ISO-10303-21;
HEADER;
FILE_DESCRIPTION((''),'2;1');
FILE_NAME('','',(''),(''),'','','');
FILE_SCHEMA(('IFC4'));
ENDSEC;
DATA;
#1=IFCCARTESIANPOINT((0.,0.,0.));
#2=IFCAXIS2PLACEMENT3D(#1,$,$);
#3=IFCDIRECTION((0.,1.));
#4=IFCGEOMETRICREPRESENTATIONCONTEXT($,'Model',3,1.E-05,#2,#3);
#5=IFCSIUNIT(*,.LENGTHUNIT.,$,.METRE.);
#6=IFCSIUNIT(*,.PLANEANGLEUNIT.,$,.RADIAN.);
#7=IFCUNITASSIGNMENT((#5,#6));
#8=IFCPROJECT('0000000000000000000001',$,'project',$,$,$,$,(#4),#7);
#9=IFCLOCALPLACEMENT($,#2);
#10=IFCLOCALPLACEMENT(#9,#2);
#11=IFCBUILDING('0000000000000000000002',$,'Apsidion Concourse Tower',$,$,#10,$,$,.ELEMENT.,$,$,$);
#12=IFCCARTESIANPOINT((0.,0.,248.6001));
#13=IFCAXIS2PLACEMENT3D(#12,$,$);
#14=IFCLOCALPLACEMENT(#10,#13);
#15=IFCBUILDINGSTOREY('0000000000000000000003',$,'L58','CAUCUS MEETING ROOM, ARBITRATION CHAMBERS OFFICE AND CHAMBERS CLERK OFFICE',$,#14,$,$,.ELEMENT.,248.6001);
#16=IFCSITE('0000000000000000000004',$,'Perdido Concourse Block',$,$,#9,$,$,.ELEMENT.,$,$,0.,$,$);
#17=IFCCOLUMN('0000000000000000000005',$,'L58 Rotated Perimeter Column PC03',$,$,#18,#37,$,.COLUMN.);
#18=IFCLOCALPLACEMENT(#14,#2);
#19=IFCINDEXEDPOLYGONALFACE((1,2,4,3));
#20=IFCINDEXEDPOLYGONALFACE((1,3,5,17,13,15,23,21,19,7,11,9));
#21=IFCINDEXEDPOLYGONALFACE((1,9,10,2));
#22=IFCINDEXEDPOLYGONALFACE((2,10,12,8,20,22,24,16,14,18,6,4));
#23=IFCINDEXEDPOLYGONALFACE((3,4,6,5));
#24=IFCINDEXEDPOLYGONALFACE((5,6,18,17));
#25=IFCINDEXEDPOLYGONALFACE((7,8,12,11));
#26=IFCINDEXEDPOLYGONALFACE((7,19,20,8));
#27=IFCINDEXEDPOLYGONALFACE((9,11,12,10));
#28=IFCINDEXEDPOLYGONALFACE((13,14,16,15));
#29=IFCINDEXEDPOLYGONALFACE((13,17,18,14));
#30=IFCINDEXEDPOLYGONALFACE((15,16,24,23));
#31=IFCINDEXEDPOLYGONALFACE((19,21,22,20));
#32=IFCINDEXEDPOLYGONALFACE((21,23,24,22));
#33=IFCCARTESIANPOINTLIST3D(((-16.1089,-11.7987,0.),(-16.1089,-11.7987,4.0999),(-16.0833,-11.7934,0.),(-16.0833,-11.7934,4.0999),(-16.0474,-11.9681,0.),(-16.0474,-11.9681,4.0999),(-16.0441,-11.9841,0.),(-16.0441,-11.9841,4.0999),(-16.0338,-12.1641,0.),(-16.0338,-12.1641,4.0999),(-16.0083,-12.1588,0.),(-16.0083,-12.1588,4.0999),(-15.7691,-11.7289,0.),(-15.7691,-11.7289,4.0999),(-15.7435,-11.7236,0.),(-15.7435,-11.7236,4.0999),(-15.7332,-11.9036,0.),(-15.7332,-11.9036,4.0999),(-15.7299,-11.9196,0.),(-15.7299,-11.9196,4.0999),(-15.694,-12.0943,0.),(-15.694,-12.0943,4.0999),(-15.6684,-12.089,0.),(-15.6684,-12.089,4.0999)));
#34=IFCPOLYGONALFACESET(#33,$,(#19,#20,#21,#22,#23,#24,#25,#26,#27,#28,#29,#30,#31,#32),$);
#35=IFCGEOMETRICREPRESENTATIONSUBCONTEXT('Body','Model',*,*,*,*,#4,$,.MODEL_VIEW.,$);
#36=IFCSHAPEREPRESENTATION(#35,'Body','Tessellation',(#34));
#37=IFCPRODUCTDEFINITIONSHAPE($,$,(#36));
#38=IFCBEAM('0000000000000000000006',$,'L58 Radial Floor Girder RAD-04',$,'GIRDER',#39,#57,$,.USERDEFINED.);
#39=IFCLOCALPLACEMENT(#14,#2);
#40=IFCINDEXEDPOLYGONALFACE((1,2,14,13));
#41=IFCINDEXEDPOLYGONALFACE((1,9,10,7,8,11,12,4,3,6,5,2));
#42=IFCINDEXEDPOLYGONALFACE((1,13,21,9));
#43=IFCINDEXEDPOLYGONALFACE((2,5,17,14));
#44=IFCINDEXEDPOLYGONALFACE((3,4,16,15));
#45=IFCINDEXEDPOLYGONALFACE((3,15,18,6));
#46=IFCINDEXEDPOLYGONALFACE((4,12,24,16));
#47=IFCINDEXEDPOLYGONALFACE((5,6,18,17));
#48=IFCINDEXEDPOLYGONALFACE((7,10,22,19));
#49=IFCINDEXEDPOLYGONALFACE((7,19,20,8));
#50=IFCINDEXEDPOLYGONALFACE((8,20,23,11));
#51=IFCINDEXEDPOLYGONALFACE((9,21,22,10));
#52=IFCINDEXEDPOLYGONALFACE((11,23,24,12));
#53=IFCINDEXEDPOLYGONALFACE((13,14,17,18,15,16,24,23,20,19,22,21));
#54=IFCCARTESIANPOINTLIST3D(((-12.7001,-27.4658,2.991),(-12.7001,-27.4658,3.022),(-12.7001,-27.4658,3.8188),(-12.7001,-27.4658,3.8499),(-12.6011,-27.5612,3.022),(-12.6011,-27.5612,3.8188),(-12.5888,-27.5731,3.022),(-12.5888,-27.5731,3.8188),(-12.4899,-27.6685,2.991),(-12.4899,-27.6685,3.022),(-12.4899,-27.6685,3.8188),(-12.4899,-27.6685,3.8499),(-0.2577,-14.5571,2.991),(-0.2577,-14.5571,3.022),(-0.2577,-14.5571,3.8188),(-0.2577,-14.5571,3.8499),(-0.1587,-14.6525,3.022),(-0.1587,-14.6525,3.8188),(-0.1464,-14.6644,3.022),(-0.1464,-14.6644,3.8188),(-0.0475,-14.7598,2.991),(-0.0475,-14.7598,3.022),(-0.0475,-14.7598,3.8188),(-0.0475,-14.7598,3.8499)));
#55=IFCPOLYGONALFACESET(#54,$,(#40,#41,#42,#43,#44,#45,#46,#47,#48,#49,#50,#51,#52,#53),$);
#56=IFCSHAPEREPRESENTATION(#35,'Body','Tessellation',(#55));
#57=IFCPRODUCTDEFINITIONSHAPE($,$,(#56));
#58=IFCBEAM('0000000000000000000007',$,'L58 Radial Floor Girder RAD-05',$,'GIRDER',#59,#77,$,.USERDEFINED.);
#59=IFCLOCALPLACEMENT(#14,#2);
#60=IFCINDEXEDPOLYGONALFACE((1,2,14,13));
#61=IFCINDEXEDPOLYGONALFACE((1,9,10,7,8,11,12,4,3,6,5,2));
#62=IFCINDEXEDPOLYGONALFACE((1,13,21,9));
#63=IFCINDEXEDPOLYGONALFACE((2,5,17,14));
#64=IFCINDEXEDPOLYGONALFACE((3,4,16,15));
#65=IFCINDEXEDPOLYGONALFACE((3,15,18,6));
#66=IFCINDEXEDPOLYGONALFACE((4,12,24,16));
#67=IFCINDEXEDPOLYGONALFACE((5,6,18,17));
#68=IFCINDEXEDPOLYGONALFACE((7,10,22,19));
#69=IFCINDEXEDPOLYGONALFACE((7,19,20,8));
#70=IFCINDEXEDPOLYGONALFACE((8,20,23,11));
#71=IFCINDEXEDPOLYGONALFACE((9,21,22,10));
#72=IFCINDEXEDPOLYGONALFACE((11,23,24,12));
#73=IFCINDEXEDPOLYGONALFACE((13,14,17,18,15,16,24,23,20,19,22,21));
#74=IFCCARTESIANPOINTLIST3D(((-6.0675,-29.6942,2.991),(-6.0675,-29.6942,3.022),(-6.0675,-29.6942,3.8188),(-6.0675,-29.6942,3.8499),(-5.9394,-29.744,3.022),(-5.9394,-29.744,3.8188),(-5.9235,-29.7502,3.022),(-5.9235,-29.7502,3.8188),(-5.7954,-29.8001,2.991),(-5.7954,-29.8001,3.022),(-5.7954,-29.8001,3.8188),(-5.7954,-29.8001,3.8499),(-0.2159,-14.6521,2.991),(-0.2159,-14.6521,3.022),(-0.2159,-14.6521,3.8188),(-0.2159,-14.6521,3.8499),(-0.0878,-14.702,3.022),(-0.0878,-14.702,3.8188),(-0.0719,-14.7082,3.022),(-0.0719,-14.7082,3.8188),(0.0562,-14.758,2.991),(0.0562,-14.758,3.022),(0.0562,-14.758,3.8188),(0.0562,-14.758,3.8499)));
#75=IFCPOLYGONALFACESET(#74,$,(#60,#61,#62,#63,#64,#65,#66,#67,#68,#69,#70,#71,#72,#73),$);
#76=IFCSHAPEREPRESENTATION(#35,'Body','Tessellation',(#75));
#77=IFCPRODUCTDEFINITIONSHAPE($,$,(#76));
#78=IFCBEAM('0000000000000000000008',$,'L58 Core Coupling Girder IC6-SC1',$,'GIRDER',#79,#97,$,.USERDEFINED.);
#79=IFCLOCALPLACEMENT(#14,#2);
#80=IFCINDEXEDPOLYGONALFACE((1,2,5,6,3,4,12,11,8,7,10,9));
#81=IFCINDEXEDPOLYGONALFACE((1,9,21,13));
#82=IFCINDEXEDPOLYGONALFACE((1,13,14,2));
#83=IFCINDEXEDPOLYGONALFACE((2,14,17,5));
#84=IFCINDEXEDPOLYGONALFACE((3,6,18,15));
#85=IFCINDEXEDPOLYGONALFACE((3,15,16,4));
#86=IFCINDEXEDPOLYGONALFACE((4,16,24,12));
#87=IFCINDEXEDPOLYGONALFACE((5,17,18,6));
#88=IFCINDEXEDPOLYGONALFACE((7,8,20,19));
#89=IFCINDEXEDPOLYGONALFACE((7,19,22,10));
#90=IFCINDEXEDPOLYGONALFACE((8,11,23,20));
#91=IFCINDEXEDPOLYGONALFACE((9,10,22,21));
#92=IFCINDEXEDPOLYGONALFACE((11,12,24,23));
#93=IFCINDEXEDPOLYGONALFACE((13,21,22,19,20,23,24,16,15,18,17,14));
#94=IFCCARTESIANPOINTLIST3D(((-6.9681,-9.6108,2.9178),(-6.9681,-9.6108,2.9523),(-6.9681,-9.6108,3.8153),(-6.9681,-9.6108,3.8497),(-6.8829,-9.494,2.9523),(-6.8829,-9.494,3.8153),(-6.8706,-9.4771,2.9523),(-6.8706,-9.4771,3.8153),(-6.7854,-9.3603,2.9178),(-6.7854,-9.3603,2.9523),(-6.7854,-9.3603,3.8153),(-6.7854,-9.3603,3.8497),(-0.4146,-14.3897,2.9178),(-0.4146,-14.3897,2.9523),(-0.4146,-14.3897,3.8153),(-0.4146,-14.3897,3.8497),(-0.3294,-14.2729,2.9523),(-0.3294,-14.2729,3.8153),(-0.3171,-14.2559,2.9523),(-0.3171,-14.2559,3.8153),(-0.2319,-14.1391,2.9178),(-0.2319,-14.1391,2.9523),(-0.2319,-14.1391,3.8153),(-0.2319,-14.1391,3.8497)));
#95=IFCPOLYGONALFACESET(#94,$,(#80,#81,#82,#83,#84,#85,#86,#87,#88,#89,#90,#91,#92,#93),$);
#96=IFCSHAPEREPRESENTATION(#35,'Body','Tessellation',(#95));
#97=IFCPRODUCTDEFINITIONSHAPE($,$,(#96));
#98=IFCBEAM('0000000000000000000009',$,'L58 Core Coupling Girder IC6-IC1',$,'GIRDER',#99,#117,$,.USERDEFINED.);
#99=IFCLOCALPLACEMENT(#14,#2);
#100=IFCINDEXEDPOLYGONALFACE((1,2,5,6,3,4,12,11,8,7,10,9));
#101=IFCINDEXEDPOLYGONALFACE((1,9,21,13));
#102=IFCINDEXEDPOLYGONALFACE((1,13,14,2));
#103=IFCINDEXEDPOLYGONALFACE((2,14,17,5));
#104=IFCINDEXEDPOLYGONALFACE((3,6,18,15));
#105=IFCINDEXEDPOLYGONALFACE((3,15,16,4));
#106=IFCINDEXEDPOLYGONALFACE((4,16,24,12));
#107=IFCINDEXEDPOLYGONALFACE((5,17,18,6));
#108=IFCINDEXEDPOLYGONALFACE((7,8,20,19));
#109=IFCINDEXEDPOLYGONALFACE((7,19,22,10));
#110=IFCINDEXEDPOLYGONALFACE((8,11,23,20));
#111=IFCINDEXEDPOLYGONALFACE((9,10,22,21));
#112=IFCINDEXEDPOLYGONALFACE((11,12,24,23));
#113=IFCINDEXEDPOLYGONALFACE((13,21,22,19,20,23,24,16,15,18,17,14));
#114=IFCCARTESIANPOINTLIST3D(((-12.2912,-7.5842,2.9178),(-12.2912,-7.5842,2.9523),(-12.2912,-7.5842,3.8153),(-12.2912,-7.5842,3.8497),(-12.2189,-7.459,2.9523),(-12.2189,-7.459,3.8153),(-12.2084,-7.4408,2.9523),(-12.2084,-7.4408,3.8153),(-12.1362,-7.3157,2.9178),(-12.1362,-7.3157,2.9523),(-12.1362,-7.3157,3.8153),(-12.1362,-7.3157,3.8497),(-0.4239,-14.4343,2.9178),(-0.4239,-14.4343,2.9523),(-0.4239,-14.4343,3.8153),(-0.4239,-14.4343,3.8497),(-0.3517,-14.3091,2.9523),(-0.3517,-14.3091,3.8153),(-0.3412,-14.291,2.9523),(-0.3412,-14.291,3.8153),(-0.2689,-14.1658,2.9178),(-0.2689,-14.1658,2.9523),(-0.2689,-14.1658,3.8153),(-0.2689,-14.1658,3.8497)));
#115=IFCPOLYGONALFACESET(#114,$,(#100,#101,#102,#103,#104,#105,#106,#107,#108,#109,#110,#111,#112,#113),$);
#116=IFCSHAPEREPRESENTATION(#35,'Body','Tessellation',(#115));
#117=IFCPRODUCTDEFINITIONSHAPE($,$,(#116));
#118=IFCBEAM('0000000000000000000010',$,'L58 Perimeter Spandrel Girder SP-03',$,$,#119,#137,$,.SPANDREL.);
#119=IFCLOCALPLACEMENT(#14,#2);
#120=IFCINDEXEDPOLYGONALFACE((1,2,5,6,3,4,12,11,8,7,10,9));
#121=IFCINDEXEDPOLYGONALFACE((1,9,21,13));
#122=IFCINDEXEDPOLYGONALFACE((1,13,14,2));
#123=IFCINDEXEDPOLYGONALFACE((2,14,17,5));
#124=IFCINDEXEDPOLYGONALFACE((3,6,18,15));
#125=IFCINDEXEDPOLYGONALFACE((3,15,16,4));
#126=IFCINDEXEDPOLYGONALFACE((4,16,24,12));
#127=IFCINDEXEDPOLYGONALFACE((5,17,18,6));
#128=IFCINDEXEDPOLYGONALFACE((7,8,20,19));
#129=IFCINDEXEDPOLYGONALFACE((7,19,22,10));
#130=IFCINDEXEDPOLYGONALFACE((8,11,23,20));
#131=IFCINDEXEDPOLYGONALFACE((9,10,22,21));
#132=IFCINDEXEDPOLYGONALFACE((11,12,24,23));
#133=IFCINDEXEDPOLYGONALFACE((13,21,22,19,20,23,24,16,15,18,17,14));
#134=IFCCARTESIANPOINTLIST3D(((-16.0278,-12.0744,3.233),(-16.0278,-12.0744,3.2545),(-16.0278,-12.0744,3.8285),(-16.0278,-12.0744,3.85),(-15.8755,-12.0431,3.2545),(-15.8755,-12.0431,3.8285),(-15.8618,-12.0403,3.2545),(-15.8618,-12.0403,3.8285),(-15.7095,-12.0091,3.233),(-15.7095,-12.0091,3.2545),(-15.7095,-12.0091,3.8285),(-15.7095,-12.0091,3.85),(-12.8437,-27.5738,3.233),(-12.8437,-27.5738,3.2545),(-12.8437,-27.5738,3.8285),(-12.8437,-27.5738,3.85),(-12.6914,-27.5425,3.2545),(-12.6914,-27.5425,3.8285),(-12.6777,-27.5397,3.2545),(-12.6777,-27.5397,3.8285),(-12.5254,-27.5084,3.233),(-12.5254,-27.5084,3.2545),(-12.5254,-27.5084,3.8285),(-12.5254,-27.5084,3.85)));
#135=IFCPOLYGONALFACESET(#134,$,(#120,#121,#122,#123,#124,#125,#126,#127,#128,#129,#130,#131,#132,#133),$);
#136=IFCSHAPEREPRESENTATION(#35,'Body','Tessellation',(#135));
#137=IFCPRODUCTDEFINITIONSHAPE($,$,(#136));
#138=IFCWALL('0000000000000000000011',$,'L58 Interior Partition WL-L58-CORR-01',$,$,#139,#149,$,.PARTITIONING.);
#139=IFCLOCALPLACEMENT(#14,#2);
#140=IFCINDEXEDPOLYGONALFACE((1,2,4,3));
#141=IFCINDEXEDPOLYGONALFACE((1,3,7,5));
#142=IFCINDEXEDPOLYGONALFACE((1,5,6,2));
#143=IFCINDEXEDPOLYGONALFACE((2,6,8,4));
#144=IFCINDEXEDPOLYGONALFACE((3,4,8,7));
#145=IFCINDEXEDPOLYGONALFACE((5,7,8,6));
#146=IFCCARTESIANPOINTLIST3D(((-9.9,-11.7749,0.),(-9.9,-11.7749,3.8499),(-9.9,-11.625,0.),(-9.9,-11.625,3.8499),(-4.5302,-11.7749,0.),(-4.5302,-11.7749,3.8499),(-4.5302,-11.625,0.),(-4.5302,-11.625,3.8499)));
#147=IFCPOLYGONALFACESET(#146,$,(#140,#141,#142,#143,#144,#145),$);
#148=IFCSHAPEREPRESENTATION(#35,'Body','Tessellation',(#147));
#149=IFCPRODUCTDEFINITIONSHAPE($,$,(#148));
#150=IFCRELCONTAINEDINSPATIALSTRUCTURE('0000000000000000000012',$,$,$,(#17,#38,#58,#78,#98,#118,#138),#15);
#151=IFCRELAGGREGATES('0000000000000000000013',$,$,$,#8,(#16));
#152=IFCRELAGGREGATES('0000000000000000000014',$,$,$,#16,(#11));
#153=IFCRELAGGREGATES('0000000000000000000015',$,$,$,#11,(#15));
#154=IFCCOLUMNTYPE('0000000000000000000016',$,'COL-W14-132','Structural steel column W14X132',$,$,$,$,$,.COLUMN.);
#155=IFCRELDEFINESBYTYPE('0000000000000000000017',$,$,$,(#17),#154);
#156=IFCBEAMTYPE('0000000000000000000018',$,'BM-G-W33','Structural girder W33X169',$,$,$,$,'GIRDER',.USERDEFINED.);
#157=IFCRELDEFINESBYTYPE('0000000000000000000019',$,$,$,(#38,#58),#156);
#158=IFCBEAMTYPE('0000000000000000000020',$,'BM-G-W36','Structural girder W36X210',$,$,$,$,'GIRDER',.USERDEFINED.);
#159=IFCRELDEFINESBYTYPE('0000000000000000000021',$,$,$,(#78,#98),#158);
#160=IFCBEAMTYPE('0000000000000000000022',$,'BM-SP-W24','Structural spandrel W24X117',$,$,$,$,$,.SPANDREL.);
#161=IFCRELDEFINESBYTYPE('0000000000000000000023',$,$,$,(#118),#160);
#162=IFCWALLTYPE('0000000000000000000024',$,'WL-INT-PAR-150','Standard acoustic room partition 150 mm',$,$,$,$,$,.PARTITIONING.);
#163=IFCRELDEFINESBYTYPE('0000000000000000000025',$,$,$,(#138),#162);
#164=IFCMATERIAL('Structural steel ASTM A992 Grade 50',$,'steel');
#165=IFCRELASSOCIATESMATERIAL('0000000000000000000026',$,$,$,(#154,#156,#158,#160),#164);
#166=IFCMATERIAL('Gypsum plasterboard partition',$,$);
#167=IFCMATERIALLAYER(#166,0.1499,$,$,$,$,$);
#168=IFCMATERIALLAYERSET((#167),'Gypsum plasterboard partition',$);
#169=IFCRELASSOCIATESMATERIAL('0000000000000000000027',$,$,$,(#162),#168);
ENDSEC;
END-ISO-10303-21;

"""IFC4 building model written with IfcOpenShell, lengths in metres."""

from ifc_helpers import new_model, si_unit, direction, frame, frame_2d, origin, origin_2d, place, context, subcontext, project, spatial, rectangle, i_section, extrude, material, layer, layer_set, material_profile, profile_set, type_object, element, save


model = new_model("IFC4")

# Units and contexts
model_context = context("Model", 3, precision=1e-05, world=origin(), true_north=direction((0.0, 1.0)))
body_context = subcontext(model_context, "Body", "Model", "MODEL_VIEW")
ifc_project = project(units=[si_unit("LENGTHUNIT", "METRE"), si_unit("PLANEANGLEUNIT", "RADIAN")], contexts=[model_context])

# Site, building, storey
site_placement = place(None, origin())
site = spatial("IfcSite", under=ifc_project, at=site_placement, Name="Perdido Concourse Block", CompositionType="ELEMENT", RefElevation=0.0)
building_placement = place(site_placement, origin())
building = spatial("IfcBuilding", under=site, at=building_placement, Name="Apsidion Concourse Tower", CompositionType="ELEMENT")
storey_placement = place(building_placement, frame((0.0, 0.0, 248.6001)))
storey = spatial("IfcBuildingStorey", under=building, at=storey_placement, Name="L58", Description="CAUCUS MEETING ROOM, ARBITRATION CHAMBERS OFFICE AND CHAMBERS CLERK OFFICE", CompositionType="ELEMENT", Elevation=248.6001)

# Column
ifc_material_1 = material(Name="Structural steel ASTM A992 Grade 50", Category="steel")
ifc_material_profile_1 = material_profile(ifc_material_1, i_section(OverallWidth=0.373, OverallDepth=0.373, WebThickness=0.0164, FlangeThickness=0.0261, at=origin_2d()), Name="W14X132")
ifc_profile_set_1 = profile_set([ifc_material_profile_1], Name="Structural steel ASTM A992 Grade 50")
column_type = type_object("IfcColumnType", Name="COL-W14-132", Description="Structural steel column W14X132", PredefinedType="COLUMN", material=ifc_profile_set_1)
column_placement = place(storey_placement, frame((-15.8887, -11.9438, 0.0), z_axis=(0.0, 0.0, 1.0), x_axis=(-0.201249, 0.97954, 0.0)))
element("IfcColumn", 1, at=column_placement, inside=storey, type_object=column_type, Name="L58 Rotated Perimeter Column PC03", PredefinedType="COLUMN", context=body_context, shape_type="SweptSolid", body=[
    extrude(i_section(OverallWidth=0.373, OverallDepth=0.373, WebThickness=0.0164, FlangeThickness=0.0261, at=origin_2d()), origin(), (0.0, 0.0, 1.0), 4.0999),
])

# Beams
ifc_material_profile_2 = material_profile(ifc_material_1, i_section(OverallWidth=0.292, OverallDepth=0.8589, WebThickness=0.0171, FlangeThickness=0.031, at=origin_2d()), Name="W33X169")
ifc_profile_set_2 = profile_set([ifc_material_profile_2], Name="Structural steel ASTM A992 Grade 50")
beam_type_1 = type_object("IfcBeamType", Name="BM-G-W33", Description="Structural girder W33X169", ElementType="GIRDER", PredefinedType="USERDEFINED", material=ifc_profile_set_2)
beam_1_placement = place(storey_placement, frame((-0.1526, -14.6584, 3.4204), z_axis=(-0.693983, -0.719992, 0.0), x_axis=(0.719992, -0.693983, 0.0)))
element("IfcBeam", 2, at=beam_1_placement, inside=storey, type_object=beam_type_1, Name="L58 Radial Floor Girder RAD-04", ObjectType="GIRDER", PredefinedType="USERDEFINED", context=body_context, shape_type="SweptSolid", body=[
    extrude(i_section(OverallWidth=0.292, OverallDepth=0.8589, WebThickness=0.0171, FlangeThickness=0.031, at=origin_2d()), origin(), (0.0, 0.0, 1.0), 17.929),
])
beam_2_placement = place(storey_placement, frame((-0.0798, -14.7051, 3.4204), z_axis=(-0.362548, -0.931965, 0.0), x_axis=(0.931965, -0.362548, 0.0)))
element("IfcBeam", 3, at=beam_2_placement, inside=storey, type_object=beam_type_1, Name="L58 Radial Floor Girder RAD-05", ObjectType="GIRDER", PredefinedType="USERDEFINED", context=body_context, shape_type="SweptSolid", body=[
    extrude(i_section(OverallWidth=0.292, OverallDepth=0.8589, WebThickness=0.0171, FlangeThickness=0.031, at=origin_2d()), origin(), (0.0, 0.0, 1.0), 16.1401),
])
ifc_material_profile_3 = material_profile(ifc_material_1, i_section(OverallWidth=0.3101, OverallDepth=0.9319, WebThickness=0.021, FlangeThickness=0.0344, at=origin_2d()), Name="W36X210")
ifc_profile_set_3 = profile_set([ifc_material_profile_3], Name="Structural steel ASTM A992 Grade 50")
beam_type_2 = type_object("IfcBeamType", Name="BM-G-W36", Description="Structural girder W36X210", ElementType="GIRDER", PredefinedType="USERDEFINED", material=ifc_profile_set_3)
beam_3_placement = place(storey_placement, frame((-0.3232, -14.2644, 3.3838), z_axis=(-0.807993, 0.589191, 0.0), x_axis=(-0.589191, -0.807993, 0.0)))
element("IfcBeam", 4, at=beam_3_placement, inside=storey, type_object=beam_type_2, Name="L58 Core Coupling Girder IC6-SC1", ObjectType="GIRDER", PredefinedType="USERDEFINED", context=body_context, shape_type="SweptSolid", body=[
    extrude(i_section(OverallWidth=0.3101, OverallDepth=0.9319, WebThickness=0.021, FlangeThickness=0.0344, at=origin_2d()), origin(), (0.0, 0.0, 1.0), 8.1108),
])
beam_4_placement = place(storey_placement, frame((-0.3464, -14.3, 3.3838), z_axis=(-0.86607, 0.499922, 0.0), x_axis=(-0.499922, -0.86607, 0.0)))
element("IfcBeam", 5, at=beam_4_placement, inside=storey, type_object=beam_type_2, Name="L58 Core Coupling Girder IC6-IC1", ObjectType="GIRDER", PredefinedType="USERDEFINED", context=body_context, shape_type="SweptSolid", body=[
    extrude(i_section(OverallWidth=0.3101, OverallDepth=0.9319, WebThickness=0.021, FlangeThickness=0.0344, at=origin_2d()), origin(), (0.0, 0.0, 1.0), 13.7024),
])
ifc_material_profile_4 = material_profile(ifc_material_1, i_section(OverallWidth=0.325, OverallDepth=0.6169, WebThickness=0.0139, FlangeThickness=0.0215, at=origin_2d()), Name="W24X117")
ifc_profile_set_4 = profile_set([ifc_material_profile_4], Name="Structural steel ASTM A992 Grade 50")
beam_type_3 = type_object("IfcBeamType", Name="BM-SP-W24", Description="Structural spandrel W24X117", PredefinedType="SPANDREL", material=ifc_profile_set_4)
beam_5_placement = place(storey_placement, frame((-15.8687, -12.0417, 3.5415), z_axis=(0.201232, -0.979544, 0.0), x_axis=(0.979544, 0.201232, 0.0)))
element("IfcBeam", 6, at=beam_5_placement, inside=storey, type_object=beam_type_3, Name="L58 Perimeter Spandrel Girder SP-03", PredefinedType="SPANDREL", context=body_context, shape_type="SweptSolid", body=[
    extrude(i_section(OverallWidth=0.325, OverallDepth=0.6169, WebThickness=0.0139, FlangeThickness=0.0215, at=origin_2d()), origin(), (0.0, 0.0, 1.0), 15.823),
])

# Wall
ifc_material_2 = material(Name="Gypsum plasterboard partition")
ifc_layer = layer(ifc_material_2, 0.1499)
ifc_layer_set = layer_set([ifc_layer], Name="Gypsum plasterboard partition")
wall_type = type_object("IfcWallType", Name="WL-INT-PAR-150", Description="Standard acoustic room partition 150 mm", PredefinedType="PARTITIONING", material=ifc_layer_set)
wall_1_placement = place(storey_placement, frame((-4.53, -11.7, 0.0), z_axis=(0.0, 0.0, 1.0), x_axis=(-1.0, 0.0, 0.0)))
element("IfcWall", 7, at=wall_1_placement, inside=storey, type_object=wall_type, Name="L58 Interior Partition WL-L58-CORR-01", PredefinedType="PARTITIONING", context=body_context, shape_type="SweptSolid", body=[
    extrude(rectangle(XDim=5.3699, YDim=0.1499, at=frame_2d((2.6851, 0.0))), origin(), (0.0, 0.0, 1.0), 3.8499),
])

save(model, "model.ifc")
